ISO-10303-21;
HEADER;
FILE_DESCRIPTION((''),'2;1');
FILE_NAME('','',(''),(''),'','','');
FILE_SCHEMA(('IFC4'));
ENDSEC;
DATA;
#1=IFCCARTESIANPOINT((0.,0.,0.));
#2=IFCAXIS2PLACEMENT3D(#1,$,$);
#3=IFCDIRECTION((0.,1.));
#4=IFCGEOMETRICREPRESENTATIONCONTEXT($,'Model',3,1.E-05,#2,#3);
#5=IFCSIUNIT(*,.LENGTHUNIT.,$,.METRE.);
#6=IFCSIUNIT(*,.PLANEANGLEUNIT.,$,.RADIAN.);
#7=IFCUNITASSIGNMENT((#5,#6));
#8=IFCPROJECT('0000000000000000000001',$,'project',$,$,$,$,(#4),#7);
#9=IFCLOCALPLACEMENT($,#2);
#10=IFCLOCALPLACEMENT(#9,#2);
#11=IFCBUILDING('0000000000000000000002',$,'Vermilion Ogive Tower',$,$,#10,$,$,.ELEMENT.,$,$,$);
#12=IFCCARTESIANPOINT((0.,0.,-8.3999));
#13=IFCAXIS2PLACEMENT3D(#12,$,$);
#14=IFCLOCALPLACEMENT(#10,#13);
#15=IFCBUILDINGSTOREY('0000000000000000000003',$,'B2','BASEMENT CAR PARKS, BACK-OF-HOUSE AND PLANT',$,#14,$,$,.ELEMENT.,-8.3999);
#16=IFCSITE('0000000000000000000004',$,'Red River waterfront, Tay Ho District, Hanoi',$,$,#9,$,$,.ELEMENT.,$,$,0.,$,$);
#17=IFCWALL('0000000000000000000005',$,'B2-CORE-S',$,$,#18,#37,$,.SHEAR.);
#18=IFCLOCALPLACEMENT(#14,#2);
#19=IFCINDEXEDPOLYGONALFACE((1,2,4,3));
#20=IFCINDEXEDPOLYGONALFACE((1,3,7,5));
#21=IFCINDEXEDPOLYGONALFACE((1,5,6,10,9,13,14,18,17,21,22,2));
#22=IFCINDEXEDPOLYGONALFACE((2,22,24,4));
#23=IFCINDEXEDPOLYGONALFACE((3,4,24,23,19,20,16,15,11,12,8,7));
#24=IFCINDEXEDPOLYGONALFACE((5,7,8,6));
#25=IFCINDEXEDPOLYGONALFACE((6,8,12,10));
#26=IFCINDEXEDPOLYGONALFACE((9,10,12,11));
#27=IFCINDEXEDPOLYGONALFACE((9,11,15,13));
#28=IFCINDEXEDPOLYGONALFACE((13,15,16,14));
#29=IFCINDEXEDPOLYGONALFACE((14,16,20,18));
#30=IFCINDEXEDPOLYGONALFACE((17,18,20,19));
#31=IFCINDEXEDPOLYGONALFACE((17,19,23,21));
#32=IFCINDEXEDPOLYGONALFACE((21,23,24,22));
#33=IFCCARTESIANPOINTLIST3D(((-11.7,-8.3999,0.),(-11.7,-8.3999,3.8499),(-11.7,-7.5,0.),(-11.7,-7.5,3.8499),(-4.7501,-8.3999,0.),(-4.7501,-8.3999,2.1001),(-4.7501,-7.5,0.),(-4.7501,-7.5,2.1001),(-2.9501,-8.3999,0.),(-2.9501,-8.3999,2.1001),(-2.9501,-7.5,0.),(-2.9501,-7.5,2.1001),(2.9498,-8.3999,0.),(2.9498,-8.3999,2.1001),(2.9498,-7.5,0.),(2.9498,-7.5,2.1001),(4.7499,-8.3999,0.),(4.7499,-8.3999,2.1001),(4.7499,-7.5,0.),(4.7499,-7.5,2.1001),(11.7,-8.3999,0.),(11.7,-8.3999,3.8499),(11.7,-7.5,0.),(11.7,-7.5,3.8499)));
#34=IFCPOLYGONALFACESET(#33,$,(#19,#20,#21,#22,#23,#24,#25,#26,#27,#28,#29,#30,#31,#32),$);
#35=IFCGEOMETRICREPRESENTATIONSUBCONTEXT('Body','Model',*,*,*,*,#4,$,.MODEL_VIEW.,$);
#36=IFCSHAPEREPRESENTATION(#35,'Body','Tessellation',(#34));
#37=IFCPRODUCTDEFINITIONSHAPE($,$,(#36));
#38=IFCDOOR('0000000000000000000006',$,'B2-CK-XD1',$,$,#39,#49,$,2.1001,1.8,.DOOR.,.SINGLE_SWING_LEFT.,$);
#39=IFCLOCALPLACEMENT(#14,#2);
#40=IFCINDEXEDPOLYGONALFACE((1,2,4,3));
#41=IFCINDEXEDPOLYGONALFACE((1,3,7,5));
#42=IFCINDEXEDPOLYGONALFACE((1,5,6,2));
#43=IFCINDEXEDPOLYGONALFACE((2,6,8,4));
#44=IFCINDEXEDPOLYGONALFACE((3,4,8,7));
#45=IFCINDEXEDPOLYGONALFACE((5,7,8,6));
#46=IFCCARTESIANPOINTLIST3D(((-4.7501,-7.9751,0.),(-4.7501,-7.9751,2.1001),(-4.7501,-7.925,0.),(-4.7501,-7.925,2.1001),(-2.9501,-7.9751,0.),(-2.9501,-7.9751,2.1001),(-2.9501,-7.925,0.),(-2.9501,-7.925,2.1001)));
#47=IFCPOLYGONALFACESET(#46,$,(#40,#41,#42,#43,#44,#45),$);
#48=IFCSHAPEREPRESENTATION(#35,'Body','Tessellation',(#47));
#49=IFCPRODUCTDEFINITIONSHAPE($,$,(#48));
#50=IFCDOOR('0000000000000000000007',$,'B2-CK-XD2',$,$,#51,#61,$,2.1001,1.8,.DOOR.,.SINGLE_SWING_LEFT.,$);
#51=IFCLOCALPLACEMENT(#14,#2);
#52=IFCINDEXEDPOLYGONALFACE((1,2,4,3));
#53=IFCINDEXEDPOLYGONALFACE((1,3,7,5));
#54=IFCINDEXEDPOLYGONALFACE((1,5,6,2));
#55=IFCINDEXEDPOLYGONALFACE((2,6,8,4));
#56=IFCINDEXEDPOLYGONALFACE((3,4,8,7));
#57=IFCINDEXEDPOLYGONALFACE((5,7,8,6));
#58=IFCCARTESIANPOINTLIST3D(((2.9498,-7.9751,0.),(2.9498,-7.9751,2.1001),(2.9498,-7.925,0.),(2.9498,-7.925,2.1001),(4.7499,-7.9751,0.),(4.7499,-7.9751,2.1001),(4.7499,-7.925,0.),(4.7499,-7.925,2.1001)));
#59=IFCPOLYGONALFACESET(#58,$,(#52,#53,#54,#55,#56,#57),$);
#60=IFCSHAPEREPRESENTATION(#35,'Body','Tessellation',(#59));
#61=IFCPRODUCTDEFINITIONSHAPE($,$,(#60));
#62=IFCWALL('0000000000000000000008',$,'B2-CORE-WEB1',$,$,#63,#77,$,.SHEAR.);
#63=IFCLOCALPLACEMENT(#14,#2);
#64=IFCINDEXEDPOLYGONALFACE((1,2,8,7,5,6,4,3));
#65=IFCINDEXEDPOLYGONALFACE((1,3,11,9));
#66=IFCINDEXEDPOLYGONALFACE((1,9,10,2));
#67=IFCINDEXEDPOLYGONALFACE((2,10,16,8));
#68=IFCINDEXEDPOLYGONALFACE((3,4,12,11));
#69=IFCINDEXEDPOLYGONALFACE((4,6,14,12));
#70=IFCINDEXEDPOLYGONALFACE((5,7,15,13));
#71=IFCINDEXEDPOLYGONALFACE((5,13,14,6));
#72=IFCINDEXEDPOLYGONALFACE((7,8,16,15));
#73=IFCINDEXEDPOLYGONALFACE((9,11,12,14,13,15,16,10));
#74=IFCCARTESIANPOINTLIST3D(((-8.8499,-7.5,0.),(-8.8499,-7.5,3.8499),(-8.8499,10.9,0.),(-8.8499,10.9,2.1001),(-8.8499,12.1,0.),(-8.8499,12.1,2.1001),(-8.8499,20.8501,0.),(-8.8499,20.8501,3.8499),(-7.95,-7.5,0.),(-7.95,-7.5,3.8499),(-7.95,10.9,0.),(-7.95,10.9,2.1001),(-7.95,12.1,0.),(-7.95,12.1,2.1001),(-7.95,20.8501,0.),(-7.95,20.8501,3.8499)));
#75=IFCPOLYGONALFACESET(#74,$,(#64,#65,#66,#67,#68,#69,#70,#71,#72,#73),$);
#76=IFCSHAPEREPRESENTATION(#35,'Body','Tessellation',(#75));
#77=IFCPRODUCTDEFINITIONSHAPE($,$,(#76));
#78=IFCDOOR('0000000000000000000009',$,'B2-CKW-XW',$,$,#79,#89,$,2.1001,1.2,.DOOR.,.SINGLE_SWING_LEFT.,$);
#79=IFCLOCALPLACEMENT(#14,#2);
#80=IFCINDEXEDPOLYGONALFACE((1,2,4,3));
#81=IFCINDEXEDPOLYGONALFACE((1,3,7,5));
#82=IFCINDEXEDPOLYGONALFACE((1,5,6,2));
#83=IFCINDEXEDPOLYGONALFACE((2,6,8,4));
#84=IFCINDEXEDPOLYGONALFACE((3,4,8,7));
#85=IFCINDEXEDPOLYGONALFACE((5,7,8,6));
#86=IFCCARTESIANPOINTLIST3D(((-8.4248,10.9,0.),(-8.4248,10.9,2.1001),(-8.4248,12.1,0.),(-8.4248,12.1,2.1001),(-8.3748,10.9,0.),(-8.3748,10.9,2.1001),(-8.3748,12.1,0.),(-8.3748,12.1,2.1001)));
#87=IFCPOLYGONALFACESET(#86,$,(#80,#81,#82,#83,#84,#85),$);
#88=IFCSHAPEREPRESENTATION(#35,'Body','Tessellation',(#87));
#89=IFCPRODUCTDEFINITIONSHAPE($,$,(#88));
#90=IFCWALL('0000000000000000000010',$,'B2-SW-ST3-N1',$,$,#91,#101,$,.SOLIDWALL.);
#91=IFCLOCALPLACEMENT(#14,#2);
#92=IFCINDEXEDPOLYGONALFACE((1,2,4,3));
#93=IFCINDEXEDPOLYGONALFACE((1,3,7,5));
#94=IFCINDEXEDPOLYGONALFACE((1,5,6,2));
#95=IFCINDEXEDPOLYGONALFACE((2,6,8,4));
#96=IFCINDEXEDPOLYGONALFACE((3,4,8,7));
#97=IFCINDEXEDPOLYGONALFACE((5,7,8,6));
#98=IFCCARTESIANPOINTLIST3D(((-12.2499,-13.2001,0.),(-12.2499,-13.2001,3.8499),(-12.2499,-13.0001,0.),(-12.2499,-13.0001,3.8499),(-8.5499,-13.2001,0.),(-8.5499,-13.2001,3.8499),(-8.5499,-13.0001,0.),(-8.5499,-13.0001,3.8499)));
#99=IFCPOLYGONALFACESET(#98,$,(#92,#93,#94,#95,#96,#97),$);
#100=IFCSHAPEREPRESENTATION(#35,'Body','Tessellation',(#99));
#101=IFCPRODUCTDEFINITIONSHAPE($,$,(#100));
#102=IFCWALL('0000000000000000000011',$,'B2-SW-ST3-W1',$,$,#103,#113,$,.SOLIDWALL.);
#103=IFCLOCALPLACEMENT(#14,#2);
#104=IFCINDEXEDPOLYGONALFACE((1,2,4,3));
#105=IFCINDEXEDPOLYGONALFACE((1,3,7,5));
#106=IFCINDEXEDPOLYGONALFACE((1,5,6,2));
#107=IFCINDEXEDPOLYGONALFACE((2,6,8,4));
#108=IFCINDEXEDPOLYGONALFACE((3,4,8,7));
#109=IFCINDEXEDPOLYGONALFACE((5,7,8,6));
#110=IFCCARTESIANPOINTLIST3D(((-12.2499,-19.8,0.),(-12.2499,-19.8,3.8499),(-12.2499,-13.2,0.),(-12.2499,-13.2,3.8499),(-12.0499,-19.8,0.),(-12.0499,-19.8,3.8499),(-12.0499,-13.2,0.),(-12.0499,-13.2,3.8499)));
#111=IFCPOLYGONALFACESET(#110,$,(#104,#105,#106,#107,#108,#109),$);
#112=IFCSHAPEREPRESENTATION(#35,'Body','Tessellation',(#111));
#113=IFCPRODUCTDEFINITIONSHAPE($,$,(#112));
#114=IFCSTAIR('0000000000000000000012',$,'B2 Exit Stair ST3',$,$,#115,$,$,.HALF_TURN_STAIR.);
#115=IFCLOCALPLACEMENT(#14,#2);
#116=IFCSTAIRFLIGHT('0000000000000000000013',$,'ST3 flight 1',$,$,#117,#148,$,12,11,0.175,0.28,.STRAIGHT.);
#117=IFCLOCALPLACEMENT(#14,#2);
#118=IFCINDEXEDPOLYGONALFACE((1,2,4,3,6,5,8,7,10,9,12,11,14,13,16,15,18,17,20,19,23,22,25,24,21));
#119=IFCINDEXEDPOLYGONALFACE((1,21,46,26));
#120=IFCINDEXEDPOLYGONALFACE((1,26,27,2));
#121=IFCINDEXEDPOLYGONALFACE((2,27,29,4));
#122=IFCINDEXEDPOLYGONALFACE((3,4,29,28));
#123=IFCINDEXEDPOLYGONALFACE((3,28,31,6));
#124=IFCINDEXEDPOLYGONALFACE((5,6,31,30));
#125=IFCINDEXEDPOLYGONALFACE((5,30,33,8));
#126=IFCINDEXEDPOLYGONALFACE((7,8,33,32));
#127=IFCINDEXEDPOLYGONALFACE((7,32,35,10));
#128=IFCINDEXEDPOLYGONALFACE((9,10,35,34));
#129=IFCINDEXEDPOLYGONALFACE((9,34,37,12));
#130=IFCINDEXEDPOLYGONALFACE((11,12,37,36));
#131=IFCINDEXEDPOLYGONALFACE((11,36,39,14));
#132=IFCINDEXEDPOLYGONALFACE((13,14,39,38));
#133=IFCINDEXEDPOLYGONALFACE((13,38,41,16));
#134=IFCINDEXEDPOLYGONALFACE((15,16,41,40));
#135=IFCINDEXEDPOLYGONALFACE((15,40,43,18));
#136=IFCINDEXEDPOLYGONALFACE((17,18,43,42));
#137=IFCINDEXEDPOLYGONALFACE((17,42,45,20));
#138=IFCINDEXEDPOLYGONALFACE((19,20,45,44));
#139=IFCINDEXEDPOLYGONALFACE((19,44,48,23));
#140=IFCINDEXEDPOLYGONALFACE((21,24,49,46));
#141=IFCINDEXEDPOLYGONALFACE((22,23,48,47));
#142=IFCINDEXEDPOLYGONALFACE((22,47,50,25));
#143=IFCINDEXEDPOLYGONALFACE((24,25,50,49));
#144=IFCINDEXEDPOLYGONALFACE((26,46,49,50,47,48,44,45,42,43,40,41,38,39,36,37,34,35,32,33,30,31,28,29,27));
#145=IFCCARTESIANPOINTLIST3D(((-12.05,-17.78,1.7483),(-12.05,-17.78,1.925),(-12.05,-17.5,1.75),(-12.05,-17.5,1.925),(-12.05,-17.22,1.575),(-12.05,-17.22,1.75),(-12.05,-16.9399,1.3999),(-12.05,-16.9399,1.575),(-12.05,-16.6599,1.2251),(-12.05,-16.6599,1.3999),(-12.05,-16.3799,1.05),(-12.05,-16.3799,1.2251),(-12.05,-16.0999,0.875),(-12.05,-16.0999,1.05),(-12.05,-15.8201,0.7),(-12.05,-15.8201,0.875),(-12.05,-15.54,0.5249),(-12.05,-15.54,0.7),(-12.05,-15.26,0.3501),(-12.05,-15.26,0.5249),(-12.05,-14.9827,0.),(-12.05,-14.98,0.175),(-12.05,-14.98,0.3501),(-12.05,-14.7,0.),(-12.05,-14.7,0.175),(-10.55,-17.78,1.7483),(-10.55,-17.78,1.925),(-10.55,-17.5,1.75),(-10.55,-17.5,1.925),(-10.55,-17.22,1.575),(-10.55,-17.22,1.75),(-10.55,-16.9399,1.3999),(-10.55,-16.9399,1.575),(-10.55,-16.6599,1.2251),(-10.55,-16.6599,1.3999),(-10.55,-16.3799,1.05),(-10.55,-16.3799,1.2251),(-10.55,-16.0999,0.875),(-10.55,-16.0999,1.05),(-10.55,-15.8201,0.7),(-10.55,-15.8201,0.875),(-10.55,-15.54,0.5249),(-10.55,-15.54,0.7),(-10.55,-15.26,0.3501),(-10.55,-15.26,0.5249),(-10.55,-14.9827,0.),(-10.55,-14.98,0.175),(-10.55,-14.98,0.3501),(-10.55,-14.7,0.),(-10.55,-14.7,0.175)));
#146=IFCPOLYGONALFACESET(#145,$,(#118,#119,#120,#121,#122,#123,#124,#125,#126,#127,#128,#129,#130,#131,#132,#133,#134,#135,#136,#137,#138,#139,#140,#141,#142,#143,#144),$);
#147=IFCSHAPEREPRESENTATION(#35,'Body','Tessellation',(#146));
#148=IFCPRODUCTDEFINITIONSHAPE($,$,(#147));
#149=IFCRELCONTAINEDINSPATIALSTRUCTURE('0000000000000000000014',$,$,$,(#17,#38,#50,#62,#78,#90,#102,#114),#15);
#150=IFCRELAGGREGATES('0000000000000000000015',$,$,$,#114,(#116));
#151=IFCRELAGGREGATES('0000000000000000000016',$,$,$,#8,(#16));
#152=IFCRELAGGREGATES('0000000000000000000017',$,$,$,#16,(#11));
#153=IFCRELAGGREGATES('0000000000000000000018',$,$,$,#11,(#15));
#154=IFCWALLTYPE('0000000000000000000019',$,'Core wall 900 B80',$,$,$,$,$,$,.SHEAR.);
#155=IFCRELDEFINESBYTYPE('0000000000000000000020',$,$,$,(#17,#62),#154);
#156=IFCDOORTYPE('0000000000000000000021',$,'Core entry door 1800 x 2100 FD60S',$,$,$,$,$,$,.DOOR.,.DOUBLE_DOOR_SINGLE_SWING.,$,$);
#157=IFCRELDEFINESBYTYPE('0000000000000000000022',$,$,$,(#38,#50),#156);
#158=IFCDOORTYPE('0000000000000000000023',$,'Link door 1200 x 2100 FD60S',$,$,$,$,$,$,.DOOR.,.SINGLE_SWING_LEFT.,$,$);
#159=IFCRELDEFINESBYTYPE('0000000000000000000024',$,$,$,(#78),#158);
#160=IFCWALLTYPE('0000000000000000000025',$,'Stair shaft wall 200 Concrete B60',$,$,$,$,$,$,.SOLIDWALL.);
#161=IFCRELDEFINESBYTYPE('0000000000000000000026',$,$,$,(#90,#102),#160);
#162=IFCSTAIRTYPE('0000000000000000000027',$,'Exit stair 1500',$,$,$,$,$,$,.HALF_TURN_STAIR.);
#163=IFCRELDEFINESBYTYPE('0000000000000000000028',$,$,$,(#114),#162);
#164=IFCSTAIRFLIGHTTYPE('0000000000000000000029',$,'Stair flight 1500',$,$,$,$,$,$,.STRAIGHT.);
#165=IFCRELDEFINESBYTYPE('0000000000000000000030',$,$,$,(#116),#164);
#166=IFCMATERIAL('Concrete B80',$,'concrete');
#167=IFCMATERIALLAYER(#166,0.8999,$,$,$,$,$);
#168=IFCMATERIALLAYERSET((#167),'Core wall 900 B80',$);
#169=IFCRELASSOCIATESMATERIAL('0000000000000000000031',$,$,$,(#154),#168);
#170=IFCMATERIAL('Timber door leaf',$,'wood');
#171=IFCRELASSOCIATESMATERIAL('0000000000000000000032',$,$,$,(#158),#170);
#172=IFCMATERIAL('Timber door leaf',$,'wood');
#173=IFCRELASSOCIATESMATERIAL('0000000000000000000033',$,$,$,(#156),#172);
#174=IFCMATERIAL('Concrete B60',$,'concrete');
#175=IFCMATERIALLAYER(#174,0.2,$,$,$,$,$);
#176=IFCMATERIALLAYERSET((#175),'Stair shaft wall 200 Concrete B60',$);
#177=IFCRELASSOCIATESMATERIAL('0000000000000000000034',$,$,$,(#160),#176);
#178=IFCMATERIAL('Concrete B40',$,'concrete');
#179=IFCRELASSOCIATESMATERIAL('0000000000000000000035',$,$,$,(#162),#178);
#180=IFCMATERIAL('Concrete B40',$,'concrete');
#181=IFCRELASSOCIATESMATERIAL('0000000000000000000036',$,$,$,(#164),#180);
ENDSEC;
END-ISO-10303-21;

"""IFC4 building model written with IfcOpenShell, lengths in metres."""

from ifc_helpers import new_model, si_unit, direction, frame, frame_2d, origin, place, context, subcontext, project, spatial, polyline, rectangle, outline, extrude, material, layer, layer_set, type_object, element, fill, aggregate, save


model = new_model("IFC4")

# Units and contexts
model_context = context("Model", 3, precision=1e-05, world=origin(), true_north=direction((0.0, 1.0)))
body_context = subcontext(model_context, "Body", "Model", "MODEL_VIEW")
ifc_project = project(units=[si_unit("LENGTHUNIT", "METRE"), si_unit("PLANEANGLEUNIT", "RADIAN")], contexts=[model_context])

# Site, building, storey
site_placement = place(None, origin())
site = spatial("IfcSite", under=ifc_project, at=site_placement, Name="Red River waterfront, Tay Ho District, Hanoi", CompositionType="ELEMENT", RefElevation=0.0)
building_placement = place(site_placement, origin())
building = spatial("IfcBuilding", under=site, at=building_placement, Name="Vermilion Ogive Tower", CompositionType="ELEMENT")
storey_placement = place(building_placement, frame((0.0, 0.0, -8.3999)))
storey = spatial("IfcBuildingStorey", under=building, at=storey_placement, Name="B2", Description="BASEMENT CAR PARKS, BACK-OF-HOUSE AND PLANT", CompositionType="ELEMENT", Elevation=-8.3999)

# Wall, openings, doors
ifc_material_1 = material(Name="Concrete B80", Category="concrete")
ifc_layer_1 = layer(ifc_material_1, 0.8999)
ifc_layer_set_1 = layer_set([ifc_layer_1], Name="Core wall 900 B80")
wall_type_1 = type_object("IfcWallType", Name="Core wall 900 B80", PredefinedType="SHEAR", material=ifc_layer_set_1)
ifc_material_2 = material(Name="Timber door leaf", Category="wood")
door_type_1 = type_object("IfcDoorType", Name="Link door 1200 x 2100 FD60S", OperationType="SINGLE_SWING_LEFT", PredefinedType="DOOR", material=ifc_material_2)
wall_1_placement = place(storey_placement, frame((-11.7, -7.95, 0.0), z_axis=(0.0, 0.0, 1.0), x_axis=(1.0, 0.0, 0.0)))
wall_1 = element("IfcWall", 1, at=wall_1_placement, inside=storey, type_object=wall_type_1, Name="B2-CORE-S", PredefinedType="SHEAR", context=body_context, shape_type="SweptSolid", body=[
    extrude(rectangle(XDim=23.3999, YDim=0.8999, at=frame_2d((11.7, 0.0))), origin(), (0.0, 0.0, 1.0), 3.8499),
])
opening_1_placement = place(wall_1_placement, frame((6.95, 0.0, 0.0)))
opening_1 = element("IfcOpeningElement", 2, at=opening_1_placement, cuts=wall_1, PredefinedType="OPENING", context=body_context, shape_type="SweptSolid", body=[
    extrude(rectangle(XDim=1.8, YDim=2.1001, at=frame_2d((0.8999, 1.05))), frame((0.0, 0.46, 0.0), z_axis=(0.0, -1.0, 0.0), x_axis=(1.0, 0.0, 0.0)), (0.0, 0.0, 1.0), 0.9199),
])
opening_2_placement = place(wall_1_placement, frame((14.6499, 0.0, 0.0)))
opening_2 = element("IfcOpeningElement", 3, at=opening_2_placement, cuts=wall_1, PredefinedType="OPENING", context=body_context, shape_type="SweptSolid", body=[
    extrude(rectangle(XDim=1.8, YDim=2.1001, at=frame_2d((0.8999, 1.05))), frame((0.0, 0.46, 0.0), z_axis=(0.0, -1.0, 0.0), x_axis=(1.0, 0.0, 0.0)), (0.0, 0.0, 1.0), 0.9199),
])
ifc_material_3 = material(Name="Timber door leaf", Category="wood")
door_type_2 = type_object("IfcDoorType", Name="Core entry door 1800 x 2100 FD60S", OperationType="DOUBLE_DOOR_SINGLE_SWING", PredefinedType="DOOR", material=ifc_material_3)
door_1_placement = place(opening_1_placement, origin())
door_1 = element("IfcDoor", 4, at=door_1_placement, inside=storey, type_object=door_type_2, Name="B2-CK-XD1", OperationType="SINGLE_SWING_LEFT", OverallHeight=2.1001, OverallWidth=1.8, PredefinedType="DOOR", context=body_context, shape_type="SweptSolid", body=[
    extrude(rectangle(XDim=1.8, YDim=2.1001, at=frame_2d((0.8999, 1.05))), frame((0.0, 0.0249, 0.0), z_axis=(0.0, -1.0, 0.0), x_axis=(1.0, 0.0, 0.0)), (0.0, 0.0, 1.0), 0.05),
])
fill(opening_1, door_1)
door_2_placement = place(opening_2_placement, origin())
door_2 = element("IfcDoor", 5, at=door_2_placement, inside=storey, type_object=door_type_2, Name="B2-CK-XD2", OperationType="SINGLE_SWING_LEFT", OverallHeight=2.1001, OverallWidth=1.8, PredefinedType="DOOR", context=body_context, shape_type="SweptSolid", body=[
    extrude(rectangle(XDim=1.8, YDim=2.1001, at=frame_2d((0.8999, 1.05))), frame((0.0, 0.0249, 0.0), z_axis=(0.0, -1.0, 0.0), x_axis=(1.0, 0.0, 0.0)), (0.0, 0.0, 1.0), 0.05),
])
fill(opening_2, door_2)

# Wall, opening, door
wall_2_placement = place(storey_placement, frame((-8.3999, -7.5, 0.0), z_axis=(0.0, 0.0, 1.0), x_axis=(0.0, 1.0, 0.0)))
wall_2 = element("IfcWall", 6, at=wall_2_placement, inside=storey, type_object=wall_type_1, Name="B2-CORE-WEB1", PredefinedType="SHEAR", context=body_context, shape_type="SweptSolid", body=[
    extrude(rectangle(XDim=28.3501, YDim=0.8999, at=frame_2d((14.175, 0.0))), origin(), (0.0, 0.0, 1.0), 3.8499),
])
opening_3_placement = place(wall_2_placement, frame((18.3999, 0.0, 0.0)))
opening_3 = element("IfcOpeningElement", 7, at=opening_3_placement, cuts=wall_2, PredefinedType="OPENING", context=body_context, shape_type="SweptSolid", body=[
    extrude(rectangle(XDim=1.2, YDim=2.1001, at=frame_2d((0.6001, 1.05))), frame((0.0, 0.46, 0.0), z_axis=(0.0, -1.0, 0.0), x_axis=(1.0, 0.0, 0.0)), (0.0, 0.0, 1.0), 0.9199),
])
door_3_placement = place(opening_3_placement, origin())
door_3 = element("IfcDoor", 8, at=door_3_placement, inside=storey, type_object=door_type_1, Name="B2-CKW-XW", OperationType="SINGLE_SWING_LEFT", OverallHeight=2.1001, OverallWidth=1.2, PredefinedType="DOOR", context=body_context, shape_type="SweptSolid", body=[
    extrude(rectangle(XDim=1.2, YDim=2.1001, at=frame_2d((0.6001, 1.05))), frame((0.0, 0.0249, 0.0), z_axis=(0.0, -1.0, 0.0), x_axis=(1.0, 0.0, 0.0)), (0.0, 0.0, 1.0), 0.05),
])
fill(opening_3, door_3)

# Walls
ifc_material_4 = material(Name="Concrete B60", Category="concrete")
ifc_layer_2 = layer(ifc_material_4, 0.2)
ifc_layer_set_2 = layer_set([ifc_layer_2], Name="Stair shaft wall 200 Concrete B60")
wall_type_2 = type_object("IfcWallType", Name="Stair shaft wall 200 Concrete B60", PredefinedType="SOLIDWALL", material=ifc_layer_set_2)
wall_3_placement = place(storey_placement, frame((-12.25, -13.1001, 0.0), z_axis=(0.0, 0.0, 1.0), x_axis=(1.0, 0.0, 0.0)))
element("IfcWall", 9, at=wall_3_placement, inside=storey, type_object=wall_type_2, Name="B2-SW-ST3-N1", PredefinedType="SOLIDWALL", context=body_context, shape_type="SweptSolid", body=[
    extrude(rectangle(XDim=3.7, YDim=0.2, at=frame_2d((1.8501, 0.0))), origin(), (0.0, 0.0, 1.0), 3.8499),
])
wall_4_placement = place(storey_placement, frame((-12.1499, -19.8, 0.0), z_axis=(0.0, 0.0, 1.0), x_axis=(0.0, 1.0, 0.0)))
element("IfcWall", 10, at=wall_4_placement, inside=storey, type_object=wall_type_2, Name="B2-SW-ST3-W1", PredefinedType="SOLIDWALL", context=body_context, shape_type="SweptSolid", body=[
    extrude(rectangle(XDim=6.6001, YDim=0.2, at=frame_2d((3.3, 0.0))), origin(), (0.0, 0.0, 1.0), 3.8499),
])

# Stair, stair flight
ifc_material_5 = material(Name="Concrete B40", Category="concrete")
stair_type = type_object("IfcStairType", Name="Exit stair 1500", PredefinedType="HALF_TURN_STAIR", material=ifc_material_5)
stair_placement = place(storey_placement, origin())
stair = element("IfcStair", 11, at=stair_placement, inside=storey, type_object=stair_type, Name="B2 Exit Stair ST3", PredefinedType="HALF_TURN_STAIR")
ifc_material_6 = material(Name="Concrete B40", Category="concrete")
stair_flight_type = type_object("IfcStairFlightType", Name="Stair flight 1500", PredefinedType="STRAIGHT", material=ifc_material_6)
stair_flight_1_placement = place(storey_placement, frame((-11.3, -14.7, 0.0), z_axis=(0.0, 0.0, 1.0), x_axis=(0.0, -1.0, 0.0)))
stair_flight_1 = element("IfcStairFlight", 12, at=stair_flight_1_placement, type_object=stair_flight_type, Name="ST3 flight 1", NumberOfRisers=12, NumberOfTreads=11, PredefinedType="STRAIGHT", RiserHeight=0.175, TreadLength=0.28, context=body_context, shape_type="SweptSolid", body=[
    extrude(outline(polyline([(0.0, 0.0), (0.0, 0.175), (0.28, 0.175), (0.28, 0.3501), (0.5601, 0.3501), (0.5601, 0.5249), (0.8401, 0.5249), (0.8401, 0.7), (1.1201, 0.7), (1.1201, 0.875), (1.3999, 0.875), (1.3999, 1.05), (1.6799, 1.05), (1.6799, 1.2251), (1.96, 1.2251), (1.96, 1.3999), (2.24, 1.3999), (2.24, 1.575), (2.52, 1.575), (2.52, 1.75), (2.8, 1.75), (2.8, 1.925), (3.0801, 1.925), (3.0801, 2.1001), (3.0801, 1.7483), (0.2827, 0.0), (0.0, 0.0)])), frame((0.0, 0.75, 0.0), z_axis=(0.0, -1.0, 0.0), x_axis=(1.0, 0.0, 0.0)), (0.0, 0.0, 1.0), 1.5),
])
aggregate(stair, [stair_flight_1])

save(model, "model.ifc")
